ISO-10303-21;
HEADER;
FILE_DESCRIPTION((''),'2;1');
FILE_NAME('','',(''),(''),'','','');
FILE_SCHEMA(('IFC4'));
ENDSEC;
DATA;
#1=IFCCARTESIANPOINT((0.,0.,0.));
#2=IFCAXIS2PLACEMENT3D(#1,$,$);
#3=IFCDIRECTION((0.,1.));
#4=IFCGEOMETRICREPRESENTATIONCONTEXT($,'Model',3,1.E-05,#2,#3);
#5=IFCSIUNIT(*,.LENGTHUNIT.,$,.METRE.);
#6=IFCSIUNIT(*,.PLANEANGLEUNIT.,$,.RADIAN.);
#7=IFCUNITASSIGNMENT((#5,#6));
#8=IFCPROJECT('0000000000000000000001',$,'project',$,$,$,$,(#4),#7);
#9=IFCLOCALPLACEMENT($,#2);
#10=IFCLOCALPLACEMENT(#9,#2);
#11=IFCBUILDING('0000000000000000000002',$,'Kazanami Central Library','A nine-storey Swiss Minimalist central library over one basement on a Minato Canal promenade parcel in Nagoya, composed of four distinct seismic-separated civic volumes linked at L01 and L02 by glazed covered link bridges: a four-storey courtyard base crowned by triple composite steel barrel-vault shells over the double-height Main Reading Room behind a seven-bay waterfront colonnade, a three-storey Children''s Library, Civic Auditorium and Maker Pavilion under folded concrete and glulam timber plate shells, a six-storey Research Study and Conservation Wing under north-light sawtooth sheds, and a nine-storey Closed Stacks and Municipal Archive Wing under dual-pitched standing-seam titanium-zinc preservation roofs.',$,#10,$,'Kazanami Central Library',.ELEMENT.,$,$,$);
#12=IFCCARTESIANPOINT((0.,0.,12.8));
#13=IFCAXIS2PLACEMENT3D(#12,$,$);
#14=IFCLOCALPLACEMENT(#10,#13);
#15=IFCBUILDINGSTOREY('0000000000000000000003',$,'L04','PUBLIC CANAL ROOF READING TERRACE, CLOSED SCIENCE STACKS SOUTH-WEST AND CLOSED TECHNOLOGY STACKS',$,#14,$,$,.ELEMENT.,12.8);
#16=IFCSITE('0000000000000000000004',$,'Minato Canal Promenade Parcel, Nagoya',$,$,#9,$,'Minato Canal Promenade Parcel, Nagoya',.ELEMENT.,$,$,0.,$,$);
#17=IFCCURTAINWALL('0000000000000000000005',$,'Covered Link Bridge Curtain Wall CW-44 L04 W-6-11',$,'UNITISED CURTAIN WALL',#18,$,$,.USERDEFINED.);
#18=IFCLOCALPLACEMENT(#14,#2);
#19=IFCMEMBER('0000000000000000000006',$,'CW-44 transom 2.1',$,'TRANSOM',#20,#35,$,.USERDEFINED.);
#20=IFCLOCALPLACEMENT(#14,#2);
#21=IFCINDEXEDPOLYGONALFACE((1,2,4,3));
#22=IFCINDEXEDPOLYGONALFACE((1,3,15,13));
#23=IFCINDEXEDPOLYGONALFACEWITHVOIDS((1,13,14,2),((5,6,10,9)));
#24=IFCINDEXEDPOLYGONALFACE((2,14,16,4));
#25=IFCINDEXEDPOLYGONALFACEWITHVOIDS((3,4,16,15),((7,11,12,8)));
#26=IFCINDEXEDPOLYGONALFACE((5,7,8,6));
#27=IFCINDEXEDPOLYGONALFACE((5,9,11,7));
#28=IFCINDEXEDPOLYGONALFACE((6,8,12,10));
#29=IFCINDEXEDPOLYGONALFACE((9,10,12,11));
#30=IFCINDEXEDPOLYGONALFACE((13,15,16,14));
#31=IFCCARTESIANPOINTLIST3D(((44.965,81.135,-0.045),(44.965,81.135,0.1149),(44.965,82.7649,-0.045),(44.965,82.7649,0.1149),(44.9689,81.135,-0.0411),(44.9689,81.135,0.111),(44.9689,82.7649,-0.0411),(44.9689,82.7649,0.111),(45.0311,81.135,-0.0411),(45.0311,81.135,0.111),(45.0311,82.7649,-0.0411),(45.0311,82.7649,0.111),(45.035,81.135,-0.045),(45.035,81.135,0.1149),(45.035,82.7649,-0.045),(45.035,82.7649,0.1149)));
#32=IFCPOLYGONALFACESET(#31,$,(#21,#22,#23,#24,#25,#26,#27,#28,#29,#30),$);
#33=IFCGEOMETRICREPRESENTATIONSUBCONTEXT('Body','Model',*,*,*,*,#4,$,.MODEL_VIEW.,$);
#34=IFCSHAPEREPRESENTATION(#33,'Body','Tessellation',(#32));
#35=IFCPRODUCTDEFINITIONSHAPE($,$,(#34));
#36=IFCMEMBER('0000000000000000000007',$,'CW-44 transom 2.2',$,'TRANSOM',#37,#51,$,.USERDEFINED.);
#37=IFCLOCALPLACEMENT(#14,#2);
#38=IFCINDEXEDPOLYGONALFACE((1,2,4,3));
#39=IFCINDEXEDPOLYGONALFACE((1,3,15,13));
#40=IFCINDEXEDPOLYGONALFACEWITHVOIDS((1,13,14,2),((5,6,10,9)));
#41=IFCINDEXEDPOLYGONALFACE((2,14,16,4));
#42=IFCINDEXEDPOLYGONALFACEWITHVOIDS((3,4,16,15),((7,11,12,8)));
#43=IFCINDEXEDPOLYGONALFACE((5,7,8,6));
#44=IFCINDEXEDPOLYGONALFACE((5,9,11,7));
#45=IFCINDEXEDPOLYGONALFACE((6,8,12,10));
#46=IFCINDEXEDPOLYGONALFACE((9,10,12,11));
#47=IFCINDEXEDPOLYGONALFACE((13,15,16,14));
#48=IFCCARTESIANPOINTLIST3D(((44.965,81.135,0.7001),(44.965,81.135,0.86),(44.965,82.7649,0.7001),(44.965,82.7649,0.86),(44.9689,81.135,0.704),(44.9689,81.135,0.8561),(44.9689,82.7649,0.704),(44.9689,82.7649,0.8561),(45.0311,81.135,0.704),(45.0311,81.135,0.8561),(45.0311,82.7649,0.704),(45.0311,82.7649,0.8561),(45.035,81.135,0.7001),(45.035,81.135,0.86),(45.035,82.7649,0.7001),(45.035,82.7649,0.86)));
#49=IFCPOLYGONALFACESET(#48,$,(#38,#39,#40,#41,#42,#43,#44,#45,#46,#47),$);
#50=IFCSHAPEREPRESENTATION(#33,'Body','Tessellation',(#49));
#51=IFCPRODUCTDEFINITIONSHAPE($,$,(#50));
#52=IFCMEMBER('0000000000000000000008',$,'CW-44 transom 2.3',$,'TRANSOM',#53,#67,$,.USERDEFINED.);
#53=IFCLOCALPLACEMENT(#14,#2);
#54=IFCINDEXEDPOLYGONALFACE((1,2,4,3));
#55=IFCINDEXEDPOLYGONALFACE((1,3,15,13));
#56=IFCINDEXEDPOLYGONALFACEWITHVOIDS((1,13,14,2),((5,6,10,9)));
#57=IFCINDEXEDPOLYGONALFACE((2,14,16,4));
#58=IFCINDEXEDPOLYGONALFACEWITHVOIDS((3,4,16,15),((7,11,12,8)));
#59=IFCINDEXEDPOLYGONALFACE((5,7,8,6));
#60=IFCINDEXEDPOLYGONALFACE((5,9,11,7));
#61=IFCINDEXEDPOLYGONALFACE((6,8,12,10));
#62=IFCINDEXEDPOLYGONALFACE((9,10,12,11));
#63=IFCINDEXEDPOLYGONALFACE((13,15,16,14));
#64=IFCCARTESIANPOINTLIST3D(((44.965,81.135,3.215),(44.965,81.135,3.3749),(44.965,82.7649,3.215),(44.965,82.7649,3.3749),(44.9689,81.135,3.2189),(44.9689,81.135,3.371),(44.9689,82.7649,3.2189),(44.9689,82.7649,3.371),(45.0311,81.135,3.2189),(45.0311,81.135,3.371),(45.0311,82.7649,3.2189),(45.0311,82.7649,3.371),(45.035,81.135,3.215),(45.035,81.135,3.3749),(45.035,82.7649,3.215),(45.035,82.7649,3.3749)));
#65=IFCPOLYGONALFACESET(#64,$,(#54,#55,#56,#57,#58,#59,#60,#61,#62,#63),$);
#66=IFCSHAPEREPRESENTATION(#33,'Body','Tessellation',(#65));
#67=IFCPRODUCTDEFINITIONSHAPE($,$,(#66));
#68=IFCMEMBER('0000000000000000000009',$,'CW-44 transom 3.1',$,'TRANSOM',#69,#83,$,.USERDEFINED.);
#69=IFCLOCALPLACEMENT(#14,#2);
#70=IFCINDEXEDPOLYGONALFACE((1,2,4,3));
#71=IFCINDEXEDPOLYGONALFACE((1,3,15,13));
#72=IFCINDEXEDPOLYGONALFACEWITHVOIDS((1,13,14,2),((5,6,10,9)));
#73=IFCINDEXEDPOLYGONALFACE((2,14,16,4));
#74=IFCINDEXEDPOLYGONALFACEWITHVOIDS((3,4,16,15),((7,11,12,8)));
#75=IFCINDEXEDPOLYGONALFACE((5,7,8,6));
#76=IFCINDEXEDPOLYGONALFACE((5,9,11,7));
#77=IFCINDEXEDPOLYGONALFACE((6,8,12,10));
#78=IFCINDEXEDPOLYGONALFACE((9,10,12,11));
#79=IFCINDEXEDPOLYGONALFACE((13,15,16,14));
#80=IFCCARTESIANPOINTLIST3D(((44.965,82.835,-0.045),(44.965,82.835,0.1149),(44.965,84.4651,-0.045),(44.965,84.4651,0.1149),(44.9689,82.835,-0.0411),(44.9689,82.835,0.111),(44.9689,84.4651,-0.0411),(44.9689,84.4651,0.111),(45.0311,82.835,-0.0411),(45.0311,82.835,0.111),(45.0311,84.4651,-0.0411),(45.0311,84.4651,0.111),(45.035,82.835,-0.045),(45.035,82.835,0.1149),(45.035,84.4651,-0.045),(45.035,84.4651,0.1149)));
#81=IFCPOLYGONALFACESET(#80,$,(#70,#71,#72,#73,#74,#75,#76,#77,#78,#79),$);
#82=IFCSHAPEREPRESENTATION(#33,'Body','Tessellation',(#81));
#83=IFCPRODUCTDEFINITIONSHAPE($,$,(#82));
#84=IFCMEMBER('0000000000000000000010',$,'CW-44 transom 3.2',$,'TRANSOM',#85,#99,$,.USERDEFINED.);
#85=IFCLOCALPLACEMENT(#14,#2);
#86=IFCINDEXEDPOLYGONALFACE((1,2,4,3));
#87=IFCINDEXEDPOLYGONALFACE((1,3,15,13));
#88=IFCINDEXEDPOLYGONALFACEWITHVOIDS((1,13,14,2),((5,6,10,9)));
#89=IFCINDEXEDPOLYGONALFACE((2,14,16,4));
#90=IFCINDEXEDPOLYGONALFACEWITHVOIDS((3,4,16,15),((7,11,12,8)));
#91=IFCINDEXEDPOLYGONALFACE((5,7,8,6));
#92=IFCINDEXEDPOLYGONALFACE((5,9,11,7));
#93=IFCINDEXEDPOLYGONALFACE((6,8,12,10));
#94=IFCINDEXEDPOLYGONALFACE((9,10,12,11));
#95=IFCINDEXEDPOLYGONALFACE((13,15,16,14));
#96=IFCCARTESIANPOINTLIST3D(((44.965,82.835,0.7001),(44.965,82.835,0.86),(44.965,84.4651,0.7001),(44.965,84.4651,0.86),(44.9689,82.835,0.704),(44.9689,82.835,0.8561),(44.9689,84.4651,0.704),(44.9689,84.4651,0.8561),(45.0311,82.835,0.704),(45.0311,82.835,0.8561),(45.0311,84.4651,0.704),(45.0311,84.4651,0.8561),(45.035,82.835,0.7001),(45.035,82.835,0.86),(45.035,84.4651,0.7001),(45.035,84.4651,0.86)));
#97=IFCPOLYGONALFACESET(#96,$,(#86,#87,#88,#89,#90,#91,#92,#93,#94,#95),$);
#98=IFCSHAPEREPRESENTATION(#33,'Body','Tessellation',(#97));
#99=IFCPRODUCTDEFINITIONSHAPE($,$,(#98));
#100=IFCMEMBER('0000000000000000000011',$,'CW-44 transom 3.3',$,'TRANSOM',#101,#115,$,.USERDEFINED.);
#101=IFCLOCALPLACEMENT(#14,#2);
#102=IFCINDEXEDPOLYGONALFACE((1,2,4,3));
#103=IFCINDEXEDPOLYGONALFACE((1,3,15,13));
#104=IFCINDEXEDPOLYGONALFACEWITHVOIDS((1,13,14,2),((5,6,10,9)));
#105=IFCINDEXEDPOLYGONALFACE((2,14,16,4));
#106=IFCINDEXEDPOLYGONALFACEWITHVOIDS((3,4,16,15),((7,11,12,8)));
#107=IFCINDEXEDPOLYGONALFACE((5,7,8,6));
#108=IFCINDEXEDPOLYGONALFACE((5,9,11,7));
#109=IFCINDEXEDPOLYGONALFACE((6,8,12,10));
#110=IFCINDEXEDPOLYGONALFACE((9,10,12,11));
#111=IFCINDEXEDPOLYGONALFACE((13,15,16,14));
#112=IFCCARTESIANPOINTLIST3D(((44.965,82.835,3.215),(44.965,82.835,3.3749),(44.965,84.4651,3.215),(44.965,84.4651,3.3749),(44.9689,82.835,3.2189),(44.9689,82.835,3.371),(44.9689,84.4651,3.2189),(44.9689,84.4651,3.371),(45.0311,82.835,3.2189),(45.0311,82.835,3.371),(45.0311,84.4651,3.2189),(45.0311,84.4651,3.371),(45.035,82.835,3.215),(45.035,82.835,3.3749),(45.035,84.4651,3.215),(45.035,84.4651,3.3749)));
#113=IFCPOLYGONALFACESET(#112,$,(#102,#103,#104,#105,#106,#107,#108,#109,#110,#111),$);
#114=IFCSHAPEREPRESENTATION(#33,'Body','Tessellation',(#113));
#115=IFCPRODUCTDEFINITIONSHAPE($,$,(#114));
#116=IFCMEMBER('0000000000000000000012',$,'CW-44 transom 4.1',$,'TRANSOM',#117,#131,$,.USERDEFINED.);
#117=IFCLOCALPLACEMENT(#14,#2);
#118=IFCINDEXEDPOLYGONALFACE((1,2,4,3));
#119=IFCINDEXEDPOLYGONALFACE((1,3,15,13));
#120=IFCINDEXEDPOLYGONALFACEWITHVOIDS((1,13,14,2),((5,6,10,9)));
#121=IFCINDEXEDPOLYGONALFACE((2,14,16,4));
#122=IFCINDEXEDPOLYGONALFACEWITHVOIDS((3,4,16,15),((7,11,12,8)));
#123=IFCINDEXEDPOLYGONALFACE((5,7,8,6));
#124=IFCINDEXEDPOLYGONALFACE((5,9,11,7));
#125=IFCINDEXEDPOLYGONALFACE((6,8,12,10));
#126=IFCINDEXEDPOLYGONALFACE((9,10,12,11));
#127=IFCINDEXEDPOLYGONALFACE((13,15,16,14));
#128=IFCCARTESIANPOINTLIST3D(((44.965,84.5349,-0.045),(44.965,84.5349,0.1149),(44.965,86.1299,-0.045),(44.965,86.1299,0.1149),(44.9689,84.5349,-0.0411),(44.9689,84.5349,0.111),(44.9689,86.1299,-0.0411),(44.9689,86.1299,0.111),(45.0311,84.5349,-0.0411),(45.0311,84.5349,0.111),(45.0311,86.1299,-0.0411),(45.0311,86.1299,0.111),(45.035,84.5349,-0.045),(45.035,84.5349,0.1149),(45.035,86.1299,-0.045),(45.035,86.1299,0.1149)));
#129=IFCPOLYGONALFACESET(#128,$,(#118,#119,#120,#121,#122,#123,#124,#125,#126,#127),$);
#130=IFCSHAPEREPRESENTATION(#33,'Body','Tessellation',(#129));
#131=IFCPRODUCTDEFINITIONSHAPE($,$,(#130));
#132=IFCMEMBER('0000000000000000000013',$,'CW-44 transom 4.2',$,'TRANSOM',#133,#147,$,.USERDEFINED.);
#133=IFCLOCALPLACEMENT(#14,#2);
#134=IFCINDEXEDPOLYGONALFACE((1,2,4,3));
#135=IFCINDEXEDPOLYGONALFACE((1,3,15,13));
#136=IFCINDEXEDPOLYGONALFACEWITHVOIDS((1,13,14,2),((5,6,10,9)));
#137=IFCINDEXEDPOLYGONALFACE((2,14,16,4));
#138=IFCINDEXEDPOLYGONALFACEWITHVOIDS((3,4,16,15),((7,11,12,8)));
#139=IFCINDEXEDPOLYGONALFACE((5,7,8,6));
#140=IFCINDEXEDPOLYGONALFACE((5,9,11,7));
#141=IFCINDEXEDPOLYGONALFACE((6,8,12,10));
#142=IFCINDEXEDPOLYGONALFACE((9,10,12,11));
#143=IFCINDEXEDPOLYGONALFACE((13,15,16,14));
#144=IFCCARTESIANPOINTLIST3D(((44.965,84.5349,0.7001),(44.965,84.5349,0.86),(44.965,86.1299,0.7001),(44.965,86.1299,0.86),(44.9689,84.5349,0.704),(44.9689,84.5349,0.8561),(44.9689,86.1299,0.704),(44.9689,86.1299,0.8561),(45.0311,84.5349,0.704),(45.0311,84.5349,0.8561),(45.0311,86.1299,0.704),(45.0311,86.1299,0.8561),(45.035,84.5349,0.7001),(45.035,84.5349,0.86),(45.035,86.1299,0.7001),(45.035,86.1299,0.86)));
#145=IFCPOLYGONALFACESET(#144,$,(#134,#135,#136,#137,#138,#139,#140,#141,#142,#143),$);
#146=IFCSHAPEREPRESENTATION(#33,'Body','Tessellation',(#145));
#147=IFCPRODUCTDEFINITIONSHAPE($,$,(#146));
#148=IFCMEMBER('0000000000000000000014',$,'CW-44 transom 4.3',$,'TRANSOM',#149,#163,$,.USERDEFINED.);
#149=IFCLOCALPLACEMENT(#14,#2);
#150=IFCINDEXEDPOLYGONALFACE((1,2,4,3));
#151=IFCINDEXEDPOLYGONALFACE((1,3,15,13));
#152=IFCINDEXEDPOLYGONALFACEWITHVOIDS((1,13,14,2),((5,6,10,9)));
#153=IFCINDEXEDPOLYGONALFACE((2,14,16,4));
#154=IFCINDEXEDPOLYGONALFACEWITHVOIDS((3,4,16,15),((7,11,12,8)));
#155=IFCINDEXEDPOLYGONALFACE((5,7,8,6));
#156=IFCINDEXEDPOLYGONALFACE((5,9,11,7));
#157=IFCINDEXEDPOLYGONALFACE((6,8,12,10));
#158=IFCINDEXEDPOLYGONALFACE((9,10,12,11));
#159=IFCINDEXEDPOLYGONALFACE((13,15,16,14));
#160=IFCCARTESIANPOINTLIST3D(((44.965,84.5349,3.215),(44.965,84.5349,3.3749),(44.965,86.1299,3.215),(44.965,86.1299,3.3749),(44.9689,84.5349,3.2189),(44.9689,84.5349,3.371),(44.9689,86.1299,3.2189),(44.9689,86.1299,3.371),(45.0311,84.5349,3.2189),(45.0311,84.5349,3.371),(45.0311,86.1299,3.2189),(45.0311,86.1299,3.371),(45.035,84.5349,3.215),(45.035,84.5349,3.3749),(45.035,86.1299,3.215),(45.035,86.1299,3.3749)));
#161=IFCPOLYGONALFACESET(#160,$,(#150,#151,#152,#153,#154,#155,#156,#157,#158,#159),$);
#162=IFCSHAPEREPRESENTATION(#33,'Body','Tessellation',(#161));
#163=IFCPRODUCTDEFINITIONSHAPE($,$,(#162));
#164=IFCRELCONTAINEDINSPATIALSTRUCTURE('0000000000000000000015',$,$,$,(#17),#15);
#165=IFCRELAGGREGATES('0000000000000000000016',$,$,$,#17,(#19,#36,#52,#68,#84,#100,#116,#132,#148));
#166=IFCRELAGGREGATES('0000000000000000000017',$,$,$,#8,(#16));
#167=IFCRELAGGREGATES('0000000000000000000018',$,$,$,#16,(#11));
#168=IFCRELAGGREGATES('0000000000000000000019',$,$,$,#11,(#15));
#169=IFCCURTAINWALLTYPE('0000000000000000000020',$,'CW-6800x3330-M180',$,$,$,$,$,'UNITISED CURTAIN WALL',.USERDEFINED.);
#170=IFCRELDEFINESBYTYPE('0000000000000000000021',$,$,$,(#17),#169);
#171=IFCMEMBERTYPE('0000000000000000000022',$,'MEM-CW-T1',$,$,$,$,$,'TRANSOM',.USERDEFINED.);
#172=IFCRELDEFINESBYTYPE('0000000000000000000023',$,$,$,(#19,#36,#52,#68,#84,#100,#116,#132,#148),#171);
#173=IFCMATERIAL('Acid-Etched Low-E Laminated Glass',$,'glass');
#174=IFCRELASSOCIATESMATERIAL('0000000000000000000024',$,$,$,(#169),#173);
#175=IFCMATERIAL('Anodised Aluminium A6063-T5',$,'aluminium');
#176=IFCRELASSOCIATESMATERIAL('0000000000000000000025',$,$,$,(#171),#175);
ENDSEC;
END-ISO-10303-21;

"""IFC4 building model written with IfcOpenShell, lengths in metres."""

from ifc_helpers import new_model, si_unit, direction, frame, origin, origin_2d, place, context, subcontext, project, spatial, hollow_rectangle, extrude, material, material_profile, profile_set, type_object, element, aggregate, save


model = new_model("IFC4")

# Units and contexts
model_context = context("Model", 3, precision=1e-05, world=origin(), true_north=direction((0.0, 1.0)))
body_context = subcontext(model_context, "Body", "Model", "MODEL_VIEW")
ifc_project = project(units=[si_unit("LENGTHUNIT", "METRE"), si_unit("PLANEANGLEUNIT", "RADIAN")], contexts=[model_context])

# Site, building, storey
site_placement = place(None, origin())
site = spatial("IfcSite", under=ifc_project, at=site_placement, Name="Minato Canal Promenade Parcel, Nagoya", LongName="Minato Canal Promenade Parcel, Nagoya", CompositionType="ELEMENT", RefElevation=0.0)
building_placement = place(site_placement, origin())
building = spatial("IfcBuilding", under=site, at=building_placement, Name="Kazanami Central Library", Description="A nine-storey Swiss Minimalist central library over one basement on a Minato Canal promenade parcel in Nagoya, composed of four distinct seismic-separated civic volumes linked at L01 and L02 by glazed covered link bridges: a four-storey courtyard base crowned by triple composite steel barrel-vault shells over the double-height Main Reading Room behind a seven-bay waterfront colonnade, a three-storey Children's Library, Civic Auditorium and Maker Pavilion under folded concrete and glulam timber plate shells, a six-storey Research Study and Conservation Wing under north-light sawtooth sheds, and a nine-storey Closed Stacks and Municipal Archive Wing under dual-pitched standing-seam titanium-zinc preservation roofs.", LongName="Kazanami Central Library", CompositionType="ELEMENT")
storey_placement = place(building_placement, frame((0.0, 0.0, 12.8)))
storey = spatial("IfcBuildingStorey", under=building, at=storey_placement, Name="L04", Description="PUBLIC CANAL ROOF READING TERRACE, CLOSED SCIENCE STACKS SOUTH-WEST AND CLOSED TECHNOLOGY STACKS", CompositionType="ELEMENT", Elevation=12.8)

# Curtain wall, members
ifc_material_1 = material(Name="Acid-Etched Low-E Laminated Glass", Category="glass")
curtain_wall_type = type_object("IfcCurtainWallType", Name="CW-6800x3330-M180", ElementType="UNITISED CURTAIN WALL", PredefinedType="USERDEFINED", material=ifc_material_1)
curtain_wall_placement = place(storey_placement, origin())
curtain_wall = element("IfcCurtainWall", 1, at=curtain_wall_placement, inside=storey, type_object=curtain_wall_type, Name="Covered Link Bridge Curtain Wall CW-44 L04 W-6-11", ObjectType="UNITISED CURTAIN WALL", PredefinedType="USERDEFINED")
ifc_material_2 = material(Name="Anodised Aluminium A6063-T5", Category="aluminium")
ifc_material_profile_1 = material_profile(ifc_material_2, hollow_rectangle(XDim=0.0701, YDim=0.1599, WallThickness=0.0039, at=origin_2d()), Name="ALU-TRAN-70x160x4")
ifc_profile_set_1 = profile_set([ifc_material_profile_1], Name="Anodised Aluminium A6063-T5")
member_type_1 = type_object("IfcMemberType", Name="MEM-CW-T1", ElementType="TRANSOM", PredefinedType="USERDEFINED", material=ifc_profile_set_1)
member_1_placement = place(storey_placement, frame((45.0, 81.135, 0.0349), z_axis=(0.0, 1.0, 0.0), x_axis=(-1.0, 0.0, 0.0)))
member_1 = element("IfcMember", 2, at=member_1_placement, type_object=member_type_1, Name="CW-44 transom 2.1", ObjectType="TRANSOM", PredefinedType="USERDEFINED", context=body_context, shape_type="SweptSolid", body=[
    extrude(hollow_rectangle(XDim=0.0701, YDim=0.1599, WallThickness=0.0039, at=origin_2d()), origin(), (0.0, 0.0, 1.0), 1.6299),
])
member_2_placement = place(storey_placement, frame((45.0, 81.135, 0.78), z_axis=(0.0, 1.0, 0.0), x_axis=(-1.0, 0.0, 0.0)))
member_2 = element("IfcMember", 3, at=member_2_placement, type_object=member_type_1, Name="CW-44 transom 2.2", ObjectType="TRANSOM", PredefinedType="USERDEFINED", context=body_context, shape_type="SweptSolid", body=[
    extrude(hollow_rectangle(XDim=0.0701, YDim=0.1599, WallThickness=0.0039, at=origin_2d()), origin(), (0.0, 0.0, 1.0), 1.6299),
])
member_3_placement = place(storey_placement, frame((45.0, 81.135, 3.2949), z_axis=(0.0, 1.0, 0.0), x_axis=(-1.0, 0.0, 0.0)))
member_3 = element("IfcMember", 4, at=member_3_placement, type_object=member_type_1, Name="CW-44 transom 2.3", ObjectType="TRANSOM", PredefinedType="USERDEFINED", context=body_context, shape_type="SweptSolid", body=[
    extrude(hollow_rectangle(XDim=0.0701, YDim=0.1599, WallThickness=0.0039, at=origin_2d()), origin(), (0.0, 0.0, 1.0), 1.6299),
])
member_4_placement = place(storey_placement, frame((45.0, 82.835, 0.0349), z_axis=(0.0, 1.0, 0.0), x_axis=(-1.0, 0.0, 0.0)))
member_4 = element("IfcMember", 5, at=member_4_placement, type_object=member_type_1, Name="CW-44 transom 3.1", ObjectType="TRANSOM", PredefinedType="USERDEFINED", context=body_context, shape_type="SweptSolid", body=[
    extrude(hollow_rectangle(XDim=0.0701, YDim=0.1599, WallThickness=0.0039, at=origin_2d()), origin(), (0.0, 0.0, 1.0), 1.6301),
])
member_5_placement = place(storey_placement, frame((45.0, 82.835, 0.78), z_axis=(0.0, 1.0, 0.0), x_axis=(-1.0, 0.0, 0.0)))
member_5 = element("IfcMember", 6, at=member_5_placement, type_object=member_type_1, Name="CW-44 transom 3.2", ObjectType="TRANSOM", PredefinedType="USERDEFINED", context=body_context, shape_type="SweptSolid", body=[
    extrude(hollow_rectangle(XDim=0.0701, YDim=0.1599, WallThickness=0.0039, at=origin_2d()), origin(), (0.0, 0.0, 1.0), 1.6301),
])
member_6_placement = place(storey_placement, frame((45.0, 82.835, 3.2949), z_axis=(0.0, 1.0, 0.0), x_axis=(-1.0, 0.0, 0.0)))
member_6 = element("IfcMember", 7, at=member_6_placement, type_object=member_type_1, Name="CW-44 transom 3.3", ObjectType="TRANSOM", PredefinedType="USERDEFINED", context=body_context, shape_type="SweptSolid", body=[
    extrude(hollow_rectangle(XDim=0.0701, YDim=0.1599, WallThickness=0.0039, at=origin_2d()), origin(), (0.0, 0.0, 1.0), 1.6301),
])
member_7_placement = place(storey_placement, frame((45.0, 84.5349, 0.0349), z_axis=(0.0, 1.0, 0.0), x_axis=(-1.0, 0.0, 0.0)))
member_7 = element("IfcMember", 8, at=member_7_placement, type_object=member_type_1, Name="CW-44 transom 4.1", ObjectType="TRANSOM", PredefinedType="USERDEFINED", context=body_context, shape_type="SweptSolid", body=[
    extrude(hollow_rectangle(XDim=0.0701, YDim=0.1599, WallThickness=0.0039, at=origin_2d()), origin(), (0.0, 0.0, 1.0), 1.595),
])
member_8_placement = place(storey_placement, frame((45.0, 84.5349, 0.78), z_axis=(0.0, 1.0, 0.0), x_axis=(-1.0, 0.0, 0.0)))
member_8 = element("IfcMember", 9, at=member_8_placement, type_object=member_type_1, Name="CW-44 transom 4.2", ObjectType="TRANSOM", PredefinedType="USERDEFINED", context=body_context, shape_type="SweptSolid", body=[
    extrude(hollow_rectangle(XDim=0.0701, YDim=0.1599, WallThickness=0.0039, at=origin_2d()), origin(), (0.0, 0.0, 1.0), 1.595),
])
member_9_placement = place(storey_placement, frame((45.0, 84.5349, 3.2949), z_axis=(0.0, 1.0, 0.0), x_axis=(-1.0, 0.0, 0.0)))
member_9 = element("IfcMember", 10, at=member_9_placement, type_object=member_type_1, Name="CW-44 transom 4.3", ObjectType="TRANSOM", PredefinedType="USERDEFINED", context=body_context, shape_type="SweptSolid", body=[
    extrude(hollow_rectangle(XDim=0.0701, YDim=0.1599, WallThickness=0.0039, at=origin_2d()), origin(), (0.0, 0.0, 1.0), 1.595),
])

aggregate(curtain_wall, [member_1, member_2, member_3, member_4, member_5, member_6, member_7, member_8, member_9])

save(model, "model.ifc")
